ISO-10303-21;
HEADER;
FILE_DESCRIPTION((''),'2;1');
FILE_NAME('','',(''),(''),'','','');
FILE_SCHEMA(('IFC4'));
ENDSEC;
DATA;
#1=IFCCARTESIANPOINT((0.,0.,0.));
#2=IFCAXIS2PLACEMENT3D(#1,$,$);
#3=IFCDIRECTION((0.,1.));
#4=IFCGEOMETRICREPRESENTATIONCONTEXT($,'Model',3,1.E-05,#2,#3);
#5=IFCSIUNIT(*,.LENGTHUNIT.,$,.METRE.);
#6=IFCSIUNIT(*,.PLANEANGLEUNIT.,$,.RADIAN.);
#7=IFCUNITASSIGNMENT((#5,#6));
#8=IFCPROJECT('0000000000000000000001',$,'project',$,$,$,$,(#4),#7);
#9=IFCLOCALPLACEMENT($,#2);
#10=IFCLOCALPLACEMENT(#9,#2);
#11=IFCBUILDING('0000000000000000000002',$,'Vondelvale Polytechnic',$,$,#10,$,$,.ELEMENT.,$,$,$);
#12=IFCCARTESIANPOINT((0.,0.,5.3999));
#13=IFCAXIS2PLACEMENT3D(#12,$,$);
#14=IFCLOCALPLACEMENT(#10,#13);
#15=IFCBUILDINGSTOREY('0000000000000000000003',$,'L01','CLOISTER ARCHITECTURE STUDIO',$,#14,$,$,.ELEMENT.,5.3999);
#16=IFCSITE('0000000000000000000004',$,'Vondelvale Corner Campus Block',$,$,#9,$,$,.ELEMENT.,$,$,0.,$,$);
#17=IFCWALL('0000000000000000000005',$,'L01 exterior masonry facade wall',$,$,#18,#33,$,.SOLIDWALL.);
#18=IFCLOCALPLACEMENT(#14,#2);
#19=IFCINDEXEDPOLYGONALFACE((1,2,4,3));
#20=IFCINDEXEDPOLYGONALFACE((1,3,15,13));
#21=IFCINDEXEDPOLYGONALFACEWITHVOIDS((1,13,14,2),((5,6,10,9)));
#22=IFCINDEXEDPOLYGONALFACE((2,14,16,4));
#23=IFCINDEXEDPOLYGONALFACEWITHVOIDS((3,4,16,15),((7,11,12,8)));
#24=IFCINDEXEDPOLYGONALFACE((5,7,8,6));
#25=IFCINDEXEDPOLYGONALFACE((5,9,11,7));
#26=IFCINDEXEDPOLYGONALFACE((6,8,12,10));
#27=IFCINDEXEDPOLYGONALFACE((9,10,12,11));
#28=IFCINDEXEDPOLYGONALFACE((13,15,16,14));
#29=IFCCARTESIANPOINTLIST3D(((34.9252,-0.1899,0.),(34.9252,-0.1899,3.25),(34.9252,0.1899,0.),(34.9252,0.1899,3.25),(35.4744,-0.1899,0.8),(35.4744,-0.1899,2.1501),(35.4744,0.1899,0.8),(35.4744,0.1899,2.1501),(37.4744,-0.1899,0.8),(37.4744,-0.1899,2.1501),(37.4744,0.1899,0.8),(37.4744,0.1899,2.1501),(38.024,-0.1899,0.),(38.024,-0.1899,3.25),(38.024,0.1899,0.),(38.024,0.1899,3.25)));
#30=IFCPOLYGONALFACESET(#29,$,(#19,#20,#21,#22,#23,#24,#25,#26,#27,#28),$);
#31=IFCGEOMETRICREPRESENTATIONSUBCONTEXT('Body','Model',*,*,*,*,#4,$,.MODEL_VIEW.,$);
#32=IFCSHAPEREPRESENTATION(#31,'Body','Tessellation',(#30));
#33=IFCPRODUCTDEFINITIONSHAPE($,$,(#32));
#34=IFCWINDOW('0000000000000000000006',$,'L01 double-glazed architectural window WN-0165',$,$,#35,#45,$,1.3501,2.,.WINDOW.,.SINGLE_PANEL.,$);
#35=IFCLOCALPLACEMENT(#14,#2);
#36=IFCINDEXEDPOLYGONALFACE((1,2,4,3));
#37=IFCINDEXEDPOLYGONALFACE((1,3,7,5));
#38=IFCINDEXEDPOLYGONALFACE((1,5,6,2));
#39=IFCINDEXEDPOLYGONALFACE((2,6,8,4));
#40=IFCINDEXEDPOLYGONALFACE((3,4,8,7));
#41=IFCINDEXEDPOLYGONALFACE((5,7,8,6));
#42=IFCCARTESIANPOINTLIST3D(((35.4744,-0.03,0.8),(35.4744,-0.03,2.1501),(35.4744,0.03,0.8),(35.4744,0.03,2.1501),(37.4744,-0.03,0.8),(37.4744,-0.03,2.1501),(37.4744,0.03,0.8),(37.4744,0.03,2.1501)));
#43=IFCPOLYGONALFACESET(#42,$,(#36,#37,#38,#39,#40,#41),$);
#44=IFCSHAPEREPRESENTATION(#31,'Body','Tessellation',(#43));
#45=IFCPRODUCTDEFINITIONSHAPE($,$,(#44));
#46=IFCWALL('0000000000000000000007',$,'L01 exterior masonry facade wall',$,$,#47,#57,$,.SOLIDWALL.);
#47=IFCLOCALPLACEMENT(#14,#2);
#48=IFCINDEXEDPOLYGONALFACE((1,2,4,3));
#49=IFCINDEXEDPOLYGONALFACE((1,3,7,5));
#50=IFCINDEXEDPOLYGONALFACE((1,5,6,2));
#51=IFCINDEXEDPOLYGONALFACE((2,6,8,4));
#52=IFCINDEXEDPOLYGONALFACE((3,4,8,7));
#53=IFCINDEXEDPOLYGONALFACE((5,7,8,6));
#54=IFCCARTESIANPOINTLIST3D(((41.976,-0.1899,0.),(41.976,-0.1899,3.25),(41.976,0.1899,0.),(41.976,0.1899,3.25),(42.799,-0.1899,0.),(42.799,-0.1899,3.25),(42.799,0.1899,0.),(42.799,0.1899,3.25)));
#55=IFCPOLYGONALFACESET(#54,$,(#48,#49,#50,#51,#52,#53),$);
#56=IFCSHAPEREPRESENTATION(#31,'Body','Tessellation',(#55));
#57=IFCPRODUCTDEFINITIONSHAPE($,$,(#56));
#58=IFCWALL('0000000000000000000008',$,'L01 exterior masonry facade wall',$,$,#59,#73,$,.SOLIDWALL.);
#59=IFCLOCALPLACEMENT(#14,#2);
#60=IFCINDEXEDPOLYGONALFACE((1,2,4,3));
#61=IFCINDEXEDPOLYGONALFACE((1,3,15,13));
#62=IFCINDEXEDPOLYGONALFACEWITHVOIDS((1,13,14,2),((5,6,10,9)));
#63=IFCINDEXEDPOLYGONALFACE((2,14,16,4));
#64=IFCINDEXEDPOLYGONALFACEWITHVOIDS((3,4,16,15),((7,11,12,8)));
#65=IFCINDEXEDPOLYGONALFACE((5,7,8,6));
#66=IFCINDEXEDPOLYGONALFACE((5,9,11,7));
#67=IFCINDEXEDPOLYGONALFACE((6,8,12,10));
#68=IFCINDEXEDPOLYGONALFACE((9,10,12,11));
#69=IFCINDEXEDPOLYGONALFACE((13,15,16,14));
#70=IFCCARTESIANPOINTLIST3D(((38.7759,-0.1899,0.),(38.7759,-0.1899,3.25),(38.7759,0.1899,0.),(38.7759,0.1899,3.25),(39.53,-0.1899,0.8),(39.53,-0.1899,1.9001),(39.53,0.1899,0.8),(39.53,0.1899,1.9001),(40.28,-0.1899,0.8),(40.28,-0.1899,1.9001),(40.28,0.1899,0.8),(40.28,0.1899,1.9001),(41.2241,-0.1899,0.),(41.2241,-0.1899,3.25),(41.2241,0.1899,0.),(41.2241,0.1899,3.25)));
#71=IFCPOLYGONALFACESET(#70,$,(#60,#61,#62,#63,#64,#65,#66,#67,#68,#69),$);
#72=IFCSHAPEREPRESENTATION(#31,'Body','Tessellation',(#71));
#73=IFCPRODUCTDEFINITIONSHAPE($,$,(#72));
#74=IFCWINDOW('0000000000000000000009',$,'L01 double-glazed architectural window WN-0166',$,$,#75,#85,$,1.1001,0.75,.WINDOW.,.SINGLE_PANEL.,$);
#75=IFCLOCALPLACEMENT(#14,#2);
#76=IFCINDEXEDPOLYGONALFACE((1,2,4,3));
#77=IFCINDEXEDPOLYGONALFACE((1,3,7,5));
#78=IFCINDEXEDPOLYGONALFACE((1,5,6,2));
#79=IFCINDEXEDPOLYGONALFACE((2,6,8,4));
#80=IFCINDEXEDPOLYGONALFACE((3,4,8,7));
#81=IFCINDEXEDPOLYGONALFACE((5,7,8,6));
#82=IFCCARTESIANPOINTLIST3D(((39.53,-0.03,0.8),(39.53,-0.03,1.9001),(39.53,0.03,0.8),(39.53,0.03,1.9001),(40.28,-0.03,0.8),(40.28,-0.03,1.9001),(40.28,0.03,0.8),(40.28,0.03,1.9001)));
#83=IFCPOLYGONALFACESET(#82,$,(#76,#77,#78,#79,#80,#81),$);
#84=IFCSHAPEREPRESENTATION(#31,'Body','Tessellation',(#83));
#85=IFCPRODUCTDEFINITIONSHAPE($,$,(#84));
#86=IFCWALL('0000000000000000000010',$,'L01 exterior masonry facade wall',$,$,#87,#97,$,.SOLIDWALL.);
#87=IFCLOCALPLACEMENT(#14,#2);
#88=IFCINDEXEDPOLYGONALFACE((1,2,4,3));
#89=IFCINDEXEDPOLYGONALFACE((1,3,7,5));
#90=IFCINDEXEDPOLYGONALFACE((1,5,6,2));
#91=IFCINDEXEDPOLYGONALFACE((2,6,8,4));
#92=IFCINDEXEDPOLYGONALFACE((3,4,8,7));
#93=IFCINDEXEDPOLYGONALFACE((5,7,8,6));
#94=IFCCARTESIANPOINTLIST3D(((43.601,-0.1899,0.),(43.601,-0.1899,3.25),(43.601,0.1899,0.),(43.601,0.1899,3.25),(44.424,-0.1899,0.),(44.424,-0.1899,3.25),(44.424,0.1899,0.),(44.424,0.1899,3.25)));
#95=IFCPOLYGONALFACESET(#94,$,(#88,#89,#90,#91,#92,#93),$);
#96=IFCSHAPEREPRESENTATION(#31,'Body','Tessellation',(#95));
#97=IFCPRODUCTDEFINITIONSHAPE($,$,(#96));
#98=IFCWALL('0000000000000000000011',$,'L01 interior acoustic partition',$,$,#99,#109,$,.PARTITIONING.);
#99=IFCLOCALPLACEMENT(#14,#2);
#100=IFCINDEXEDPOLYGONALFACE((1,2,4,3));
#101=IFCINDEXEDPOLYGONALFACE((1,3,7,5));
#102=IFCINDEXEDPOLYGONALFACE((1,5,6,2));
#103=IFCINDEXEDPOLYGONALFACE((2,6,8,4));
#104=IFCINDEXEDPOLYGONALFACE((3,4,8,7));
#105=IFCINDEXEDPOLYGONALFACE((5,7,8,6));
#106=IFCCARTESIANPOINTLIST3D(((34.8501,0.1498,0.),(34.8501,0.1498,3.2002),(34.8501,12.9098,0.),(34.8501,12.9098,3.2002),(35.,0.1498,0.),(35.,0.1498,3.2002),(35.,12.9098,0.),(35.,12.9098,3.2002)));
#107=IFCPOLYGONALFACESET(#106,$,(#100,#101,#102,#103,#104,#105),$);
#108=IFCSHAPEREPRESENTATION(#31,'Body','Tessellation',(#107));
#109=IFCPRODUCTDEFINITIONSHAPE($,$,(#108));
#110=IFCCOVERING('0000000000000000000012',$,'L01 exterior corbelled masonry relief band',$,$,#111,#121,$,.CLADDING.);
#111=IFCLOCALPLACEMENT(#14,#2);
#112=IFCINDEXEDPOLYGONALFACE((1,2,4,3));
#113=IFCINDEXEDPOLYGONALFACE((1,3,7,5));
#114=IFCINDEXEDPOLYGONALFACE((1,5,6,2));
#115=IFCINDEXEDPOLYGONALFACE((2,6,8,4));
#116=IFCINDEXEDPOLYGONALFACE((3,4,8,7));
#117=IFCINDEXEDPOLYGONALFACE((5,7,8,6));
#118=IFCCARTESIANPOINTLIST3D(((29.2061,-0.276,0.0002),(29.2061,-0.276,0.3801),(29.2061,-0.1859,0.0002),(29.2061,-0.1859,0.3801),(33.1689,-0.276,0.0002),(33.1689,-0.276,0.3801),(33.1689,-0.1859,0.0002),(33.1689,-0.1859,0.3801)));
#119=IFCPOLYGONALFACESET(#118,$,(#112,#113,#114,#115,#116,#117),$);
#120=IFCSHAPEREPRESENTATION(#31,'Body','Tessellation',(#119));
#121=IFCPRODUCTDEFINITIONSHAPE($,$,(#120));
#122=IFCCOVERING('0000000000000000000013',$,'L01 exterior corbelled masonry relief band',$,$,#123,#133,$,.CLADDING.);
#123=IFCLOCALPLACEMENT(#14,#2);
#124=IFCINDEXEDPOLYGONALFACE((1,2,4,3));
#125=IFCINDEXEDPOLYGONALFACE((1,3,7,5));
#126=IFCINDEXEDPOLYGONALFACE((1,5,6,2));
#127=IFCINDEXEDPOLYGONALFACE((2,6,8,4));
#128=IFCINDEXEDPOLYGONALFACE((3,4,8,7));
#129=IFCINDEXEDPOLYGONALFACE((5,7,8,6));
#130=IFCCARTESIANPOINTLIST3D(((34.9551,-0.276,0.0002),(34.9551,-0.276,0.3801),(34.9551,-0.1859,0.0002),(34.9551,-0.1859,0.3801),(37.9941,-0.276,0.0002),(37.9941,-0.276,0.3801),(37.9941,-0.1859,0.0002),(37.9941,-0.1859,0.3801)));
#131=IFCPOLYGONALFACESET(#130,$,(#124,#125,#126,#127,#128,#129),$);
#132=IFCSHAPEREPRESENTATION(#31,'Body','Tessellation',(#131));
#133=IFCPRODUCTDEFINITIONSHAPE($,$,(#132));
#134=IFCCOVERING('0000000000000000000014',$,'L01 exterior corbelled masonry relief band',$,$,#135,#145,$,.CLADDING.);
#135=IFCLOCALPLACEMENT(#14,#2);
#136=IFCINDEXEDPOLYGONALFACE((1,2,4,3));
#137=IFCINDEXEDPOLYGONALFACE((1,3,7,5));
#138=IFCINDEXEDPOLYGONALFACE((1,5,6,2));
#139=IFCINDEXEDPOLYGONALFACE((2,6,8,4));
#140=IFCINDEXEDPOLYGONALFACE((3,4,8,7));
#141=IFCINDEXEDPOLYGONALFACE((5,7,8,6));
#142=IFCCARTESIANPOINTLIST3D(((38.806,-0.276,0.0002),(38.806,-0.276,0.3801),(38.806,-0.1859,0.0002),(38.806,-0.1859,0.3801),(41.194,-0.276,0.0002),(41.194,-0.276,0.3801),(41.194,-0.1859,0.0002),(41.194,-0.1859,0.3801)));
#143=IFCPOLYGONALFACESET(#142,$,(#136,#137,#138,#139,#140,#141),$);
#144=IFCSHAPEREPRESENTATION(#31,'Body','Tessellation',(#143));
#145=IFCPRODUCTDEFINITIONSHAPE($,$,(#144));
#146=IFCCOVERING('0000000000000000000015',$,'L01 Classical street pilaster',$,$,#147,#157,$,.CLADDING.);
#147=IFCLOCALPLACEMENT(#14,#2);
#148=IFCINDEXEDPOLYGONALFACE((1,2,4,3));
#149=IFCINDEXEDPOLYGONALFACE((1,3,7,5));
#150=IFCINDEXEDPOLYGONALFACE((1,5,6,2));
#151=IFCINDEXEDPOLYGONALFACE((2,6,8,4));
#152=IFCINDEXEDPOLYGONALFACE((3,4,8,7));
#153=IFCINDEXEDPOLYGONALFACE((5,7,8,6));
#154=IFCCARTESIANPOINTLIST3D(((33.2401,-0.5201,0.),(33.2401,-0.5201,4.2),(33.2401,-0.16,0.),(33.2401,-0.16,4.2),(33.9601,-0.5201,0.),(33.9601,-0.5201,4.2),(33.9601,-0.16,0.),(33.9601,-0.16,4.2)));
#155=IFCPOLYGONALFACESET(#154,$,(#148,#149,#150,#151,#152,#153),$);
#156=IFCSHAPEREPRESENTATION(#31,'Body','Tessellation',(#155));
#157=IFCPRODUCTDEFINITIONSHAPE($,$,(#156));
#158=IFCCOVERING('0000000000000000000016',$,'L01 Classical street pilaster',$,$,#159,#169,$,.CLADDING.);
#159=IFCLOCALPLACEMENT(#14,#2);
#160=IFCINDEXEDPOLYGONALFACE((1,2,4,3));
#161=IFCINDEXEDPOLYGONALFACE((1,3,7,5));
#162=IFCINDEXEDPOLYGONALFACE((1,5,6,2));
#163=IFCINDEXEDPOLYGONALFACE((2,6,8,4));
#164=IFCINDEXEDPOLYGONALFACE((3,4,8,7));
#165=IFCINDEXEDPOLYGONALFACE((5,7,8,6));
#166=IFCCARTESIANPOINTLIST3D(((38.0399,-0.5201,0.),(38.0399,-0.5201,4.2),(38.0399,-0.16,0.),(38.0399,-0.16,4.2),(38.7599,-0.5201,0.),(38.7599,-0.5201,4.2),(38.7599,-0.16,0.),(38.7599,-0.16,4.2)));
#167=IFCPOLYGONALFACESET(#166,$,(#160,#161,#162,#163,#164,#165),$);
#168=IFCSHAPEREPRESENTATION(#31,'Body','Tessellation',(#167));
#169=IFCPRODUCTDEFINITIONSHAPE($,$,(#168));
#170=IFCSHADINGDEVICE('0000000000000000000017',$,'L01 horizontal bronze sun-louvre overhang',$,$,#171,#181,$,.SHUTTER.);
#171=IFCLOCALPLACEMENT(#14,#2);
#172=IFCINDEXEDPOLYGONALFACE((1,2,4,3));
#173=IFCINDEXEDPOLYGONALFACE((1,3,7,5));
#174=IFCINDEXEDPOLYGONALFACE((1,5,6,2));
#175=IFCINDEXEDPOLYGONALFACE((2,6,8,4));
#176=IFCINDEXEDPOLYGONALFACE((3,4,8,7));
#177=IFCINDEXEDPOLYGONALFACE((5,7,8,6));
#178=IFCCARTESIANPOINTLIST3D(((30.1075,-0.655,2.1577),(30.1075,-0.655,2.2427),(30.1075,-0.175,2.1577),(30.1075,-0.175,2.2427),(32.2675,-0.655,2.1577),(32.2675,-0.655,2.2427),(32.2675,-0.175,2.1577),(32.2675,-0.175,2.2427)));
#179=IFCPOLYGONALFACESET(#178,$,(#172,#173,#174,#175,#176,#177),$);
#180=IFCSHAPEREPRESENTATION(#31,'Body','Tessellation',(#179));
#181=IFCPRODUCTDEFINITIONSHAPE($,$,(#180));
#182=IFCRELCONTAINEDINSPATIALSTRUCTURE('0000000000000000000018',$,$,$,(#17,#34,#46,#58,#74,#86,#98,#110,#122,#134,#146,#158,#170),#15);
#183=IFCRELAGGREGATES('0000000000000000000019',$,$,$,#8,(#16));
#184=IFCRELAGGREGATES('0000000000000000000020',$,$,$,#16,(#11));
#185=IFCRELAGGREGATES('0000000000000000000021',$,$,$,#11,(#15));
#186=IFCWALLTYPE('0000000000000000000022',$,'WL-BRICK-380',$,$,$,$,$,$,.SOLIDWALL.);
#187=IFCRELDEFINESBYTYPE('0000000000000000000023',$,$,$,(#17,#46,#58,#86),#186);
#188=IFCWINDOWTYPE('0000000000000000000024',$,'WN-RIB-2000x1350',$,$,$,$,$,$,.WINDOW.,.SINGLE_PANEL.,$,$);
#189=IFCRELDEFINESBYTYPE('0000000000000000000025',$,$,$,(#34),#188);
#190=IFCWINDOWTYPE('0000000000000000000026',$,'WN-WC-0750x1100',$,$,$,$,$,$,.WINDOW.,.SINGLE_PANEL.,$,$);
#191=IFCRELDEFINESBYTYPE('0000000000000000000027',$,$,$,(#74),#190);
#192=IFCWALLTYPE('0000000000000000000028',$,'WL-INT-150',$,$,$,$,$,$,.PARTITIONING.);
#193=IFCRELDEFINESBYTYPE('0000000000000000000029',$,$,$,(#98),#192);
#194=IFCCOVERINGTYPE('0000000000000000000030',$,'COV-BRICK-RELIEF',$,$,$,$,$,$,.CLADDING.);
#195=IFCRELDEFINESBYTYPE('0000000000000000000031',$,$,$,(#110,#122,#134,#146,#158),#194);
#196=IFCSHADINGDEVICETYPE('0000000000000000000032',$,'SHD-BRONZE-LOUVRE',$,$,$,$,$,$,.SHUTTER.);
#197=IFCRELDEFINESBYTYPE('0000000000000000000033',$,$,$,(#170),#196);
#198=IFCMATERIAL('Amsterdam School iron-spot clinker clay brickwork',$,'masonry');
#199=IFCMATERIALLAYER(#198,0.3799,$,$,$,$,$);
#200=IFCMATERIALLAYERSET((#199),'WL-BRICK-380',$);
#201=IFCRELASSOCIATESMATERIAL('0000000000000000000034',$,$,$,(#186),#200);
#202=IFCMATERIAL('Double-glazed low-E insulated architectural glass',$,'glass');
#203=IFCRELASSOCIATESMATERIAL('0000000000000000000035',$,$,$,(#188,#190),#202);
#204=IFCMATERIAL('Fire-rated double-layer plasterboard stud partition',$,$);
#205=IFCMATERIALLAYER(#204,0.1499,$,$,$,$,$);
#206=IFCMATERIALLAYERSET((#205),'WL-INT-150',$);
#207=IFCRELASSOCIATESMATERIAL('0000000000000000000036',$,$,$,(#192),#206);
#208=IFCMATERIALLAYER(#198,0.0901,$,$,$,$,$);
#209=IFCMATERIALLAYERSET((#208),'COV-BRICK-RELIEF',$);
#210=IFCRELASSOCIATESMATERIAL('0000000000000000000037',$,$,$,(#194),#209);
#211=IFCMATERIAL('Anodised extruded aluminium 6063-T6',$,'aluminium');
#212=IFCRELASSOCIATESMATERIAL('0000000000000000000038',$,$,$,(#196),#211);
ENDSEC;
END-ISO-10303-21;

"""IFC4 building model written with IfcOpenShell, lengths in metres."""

from ifc_helpers import new_model, si_unit, direction, frame, frame_2d, origin, origin_2d, place, context, subcontext, project, spatial, rectangle, extrude, material, layer, layer_set, type_object, element, fill, save


model = new_model("IFC4")

# Units and contexts
model_context = context("Model", 3, precision=1e-05, world=origin(), true_north=direction((0.0, 1.0)))
body_context = subcontext(model_context, "Body", "Model", "MODEL_VIEW")
ifc_project = project(units=[si_unit("LENGTHUNIT", "METRE"), si_unit("PLANEANGLEUNIT", "RADIAN")], contexts=[model_context])

# Site, building, storey
site_placement = place(None, origin())
site = spatial("IfcSite", under=ifc_project, at=site_placement, Name="Vondelvale Corner Campus Block", CompositionType="ELEMENT", RefElevation=0.0)
building_placement = place(site_placement, origin())
building = spatial("IfcBuilding", under=site, at=building_placement, Name="Vondelvale Polytechnic", CompositionType="ELEMENT")
storey_placement = place(building_placement, frame((0.0, 0.0, 5.3999)))
storey = spatial("IfcBuildingStorey", under=building, at=storey_placement, Name="L01", Description="CLOISTER ARCHITECTURE STUDIO", CompositionType="ELEMENT", Elevation=5.3999)

# Shared definitions
ifc_material_1 = material(Name="Amsterdam School iron-spot clinker clay brickwork", Category="masonry")
ifc_layer_1 = layer(ifc_material_1, 0.3799)
ifc_layer_set_1 = layer_set([ifc_layer_1], Name="WL-BRICK-380")
wall_type_1 = type_object("IfcWallType", Name="WL-BRICK-380", PredefinedType="SOLIDWALL", material=ifc_layer_set_1)
ifc_material_2 = material(Name="Double-glazed low-E insulated architectural glass", Category="glass")
window_type_1 = type_object("IfcWindowType", Name="WN-RIB-2000x1350", PartitioningType="SINGLE_PANEL", PredefinedType="WINDOW", material=ifc_material_2)

# Wall, opening, window
wall_1_placement = place(storey_placement, frame((38.0239, 0.0, 0.0), z_axis=(0.0, 0.0, 1.0), x_axis=(-1.0, 0.0, 0.0)))
wall_1 = element("IfcWall", 1, at=wall_1_placement, inside=storey, type_object=wall_type_1, Name="L01 exterior masonry facade wall", PredefinedType="SOLIDWALL", context=body_context, shape_type="SweptSolid", body=[
    extrude(rectangle(XDim=3.0989, YDim=0.3799, at=frame_2d((1.5493, 0.0))), origin(), (0.0, 0.0, 1.0), 3.25),
])
opening_1_placement = place(wall_1_placement, frame((0.5496, 0.0, 0.8)))
opening_1 = element("IfcOpeningElement", 2, at=opening_1_placement, cuts=wall_1, PredefinedType="OPENING", context=body_context, shape_type="SweptSolid", body=[
    extrude(rectangle(XDim=2.0, YDim=1.3501, at=frame_2d((1.0, 0.675))), frame((0.0, 0.2, 0.0), z_axis=(0.0, -1.0, 0.0), x_axis=(1.0, 0.0, 0.0)), (0.0, 0.0, 1.0), 0.3999),
])
window_1_placement = place(opening_1_placement, origin())
window_1 = element("IfcWindow", 3, at=window_1_placement, inside=storey, type_object=window_type_1, Name="L01 double-glazed architectural window WN-0165", OverallHeight=1.3501, OverallWidth=2.0, PartitioningType="SINGLE_PANEL", PredefinedType="WINDOW", context=body_context, shape_type="SweptSolid", body=[
    extrude(rectangle(XDim=2.0, YDim=1.3501, at=frame_2d((1.0, 0.675))), frame((0.0, 0.03, 0.0), z_axis=(0.0, -1.0, 0.0), x_axis=(1.0, 0.0, 0.0)), (0.0, 0.0, 1.0), 0.0601),
])
fill(opening_1, window_1)

# Wall
wall_2_placement = place(storey_placement, frame((42.7991, 0.0, 0.0), z_axis=(0.0, 0.0, 1.0), x_axis=(-1.0, 0.0, 0.0)))
element("IfcWall", 4, at=wall_2_placement, inside=storey, type_object=wall_type_1, Name="L01 exterior masonry facade wall", PredefinedType="SOLIDWALL", context=body_context, shape_type="SweptSolid", body=[
    extrude(rectangle(XDim=0.823, YDim=0.3799, at=frame_2d((0.4116, 0.0))), origin(), (0.0, 0.0, 1.0), 3.25),
])

# Wall, opening, window
wall_3_placement = place(storey_placement, frame((41.2241, 0.0, 0.0), z_axis=(0.0, 0.0, 1.0), x_axis=(-1.0, 0.0, 0.0)))
wall_3 = element("IfcWall", 5, at=wall_3_placement, inside=storey, type_object=wall_type_1, Name="L01 exterior masonry facade wall", PredefinedType="SOLIDWALL", context=body_context, shape_type="SweptSolid", body=[
    extrude(rectangle(XDim=2.4482, YDim=0.3799, at=frame_2d((1.2241, 0.0))), origin(), (0.0, 0.0, 1.0), 3.25),
])
opening_2_placement = place(wall_3_placement, frame((0.9441, 0.0, 0.8)))
opening_2 = element("IfcOpeningElement", 6, at=opening_2_placement, cuts=wall_3, PredefinedType="OPENING", context=body_context, shape_type="SweptSolid", body=[
    extrude(rectangle(XDim=0.75, YDim=1.1001, at=frame_2d((0.375, 0.55))), frame((0.0, 0.2, 0.0), z_axis=(0.0, -1.0, 0.0), x_axis=(1.0, 0.0, 0.0)), (0.0, 0.0, 1.0), 0.3999),
])
window_type_2 = type_object("IfcWindowType", Name="WN-WC-0750x1100", PartitioningType="SINGLE_PANEL", PredefinedType="WINDOW", material=ifc_material_2)
window_2_placement = place(opening_2_placement, origin())
window_2 = element("IfcWindow", 7, at=window_2_placement, inside=storey, type_object=window_type_2, Name="L01 double-glazed architectural window WN-0166", OverallHeight=1.1001, OverallWidth=0.75, PartitioningType="SINGLE_PANEL", PredefinedType="WINDOW", context=body_context, shape_type="SweptSolid", body=[
    extrude(rectangle(XDim=0.75, YDim=1.1001, at=frame_2d((0.375, 0.55))), frame((0.0, 0.03, 0.0), z_axis=(0.0, -1.0, 0.0), x_axis=(1.0, 0.0, 0.0)), (0.0, 0.0, 1.0), 0.0601),
])
fill(opening_2, window_2)

# Walls
wall_4_placement = place(storey_placement, frame((44.4241, 0.0, 0.0), z_axis=(0.0, 0.0, 1.0), x_axis=(-1.0, 0.0, 0.0)))
element("IfcWall", 8, at=wall_4_placement, inside=storey, type_object=wall_type_1, Name="L01 exterior masonry facade wall", PredefinedType="SOLIDWALL", context=body_context, shape_type="SweptSolid", body=[
    extrude(rectangle(XDim=0.823, YDim=0.3799, at=frame_2d((0.4116, 0.0))), origin(), (0.0, 0.0, 1.0), 3.25),
])
ifc_material_3 = material(Name="Fire-rated double-layer plasterboard stud partition")
ifc_layer_2 = layer(ifc_material_3, 0.1499)
ifc_layer_set_2 = layer_set([ifc_layer_2], Name="WL-INT-150")
wall_type_2 = type_object("IfcWallType", Name="WL-INT-150", PredefinedType="PARTITIONING", material=ifc_layer_set_2)
wall_5_placement = place(storey_placement, frame((34.925, 0.1499, 0.0), z_axis=(0.0, 0.0, 1.0), x_axis=(0.0, 1.0, 0.0)))
element("IfcWall", 9, at=wall_5_placement, inside=storey, type_object=wall_type_2, Name="L01 interior acoustic partition", PredefinedType="PARTITIONING", context=body_context, shape_type="SweptSolid", body=[
    extrude(rectangle(XDim=12.76, YDim=0.1499, at=frame_2d((6.3799, 0.0))), origin(), (0.0, 0.0, 1.0), 3.2002),
])

# Coverings
ifc_layer_3 = layer(ifc_material_1, 0.0901)
ifc_layer_set_3 = layer_set([ifc_layer_3], Name="COV-BRICK-RELIEF")
covering_type = type_object("IfcCoveringType", Name="COV-BRICK-RELIEF", PredefinedType="CLADDING", material=ifc_layer_set_3)
covering_1_placement = place(storey_placement, frame((31.1875, -0.231, 0.0002), z_axis=(0.0, 0.0, 1.0), x_axis=(-1.0, 0.0, 0.0)))
element("IfcCovering", 10, at=covering_1_placement, inside=storey, type_object=covering_type, Name="L01 exterior corbelled masonry relief band", PredefinedType="CLADDING", context=body_context, shape_type="SweptSolid", body=[
    extrude(rectangle(XDim=3.9629, YDim=0.0901, at=origin_2d()), origin(), (0.0, 0.0, 1.0), 0.3799),
])
covering_2_placement = place(storey_placement, frame((36.4746, -0.231, 0.0002), z_axis=(0.0, 0.0, 1.0), x_axis=(-1.0, 0.0, 0.0)))
element("IfcCovering", 11, at=covering_2_placement, inside=storey, type_object=covering_type, Name="L01 exterior corbelled masonry relief band", PredefinedType="CLADDING", context=body_context, shape_type="SweptSolid", body=[
    extrude(rectangle(XDim=3.0391, YDim=0.0901, at=origin_2d()), origin(), (0.0, 0.0, 1.0), 0.3799),
])
covering_3_placement = place(storey_placement, frame((40.0, -0.231, 0.0002), z_axis=(0.0, 0.0, 1.0), x_axis=(-1.0, 0.0, 0.0)))
element("IfcCovering", 12, at=covering_3_placement, inside=storey, type_object=covering_type, Name="L01 exterior corbelled masonry relief band", PredefinedType="CLADDING", context=body_context, shape_type="SweptSolid", body=[
    extrude(rectangle(XDim=2.3879, YDim=0.0901, at=origin_2d()), origin(), (0.0, 0.0, 1.0), 0.3799),
])
for number, where, z_axis, x_axis, name in (
    (13, (33.6001, -0.3401, 0.0), (0.0, 0.0, 1.0), (1.0, 0.0, 0.0), "L01 Classical street pilaster"),
    (14, (38.3999, -0.3401, 0.0), (0.0, 0.0, 1.0), (1.0, 0.0, 0.0), "L01 Classical street pilaster"),
):
    element("IfcCovering", number, at=place(storey_placement, frame(where, z_axis=z_axis, x_axis=x_axis)), inside=storey, type_object=covering_type, Name=name, PredefinedType="CLADDING", context=body_context, shape_type="SweptSolid", body=[
        extrude(rectangle(XDim=0.72, YDim=0.3601, at=origin_2d()), origin(), (0.0, 0.0, 1.0), 4.2),
    ])

# Shading device
ifc_material_4 = material(Name="Anodised extruded aluminium 6063-T6", Category="aluminium")
shading_device_type = type_object("IfcShadingDeviceType", Name="SHD-BRONZE-LOUVRE", PredefinedType="SHUTTER", material=ifc_material_4)
for number, where, z_axis, x_axis, name in (
    (15, (31.1875, -0.415, 2.1577), (0.0, 0.0, 1.0), (-1.0, 0.0, 0.0), "L01 horizontal bronze sun-louvre overhang"),
):
    element("IfcShadingDevice", number, at=place(storey_placement, frame(where, z_axis=z_axis, x_axis=x_axis)), inside=storey, type_object=shading_device_type, Name=name, PredefinedType="SHUTTER", context=body_context, shape_type="SweptSolid", body=[
        extrude(rectangle(XDim=2.1599, YDim=0.48, at=origin_2d()), origin(), (0.0, 0.0, 1.0), 0.085),
    ])

save(model, "model.ifc")
